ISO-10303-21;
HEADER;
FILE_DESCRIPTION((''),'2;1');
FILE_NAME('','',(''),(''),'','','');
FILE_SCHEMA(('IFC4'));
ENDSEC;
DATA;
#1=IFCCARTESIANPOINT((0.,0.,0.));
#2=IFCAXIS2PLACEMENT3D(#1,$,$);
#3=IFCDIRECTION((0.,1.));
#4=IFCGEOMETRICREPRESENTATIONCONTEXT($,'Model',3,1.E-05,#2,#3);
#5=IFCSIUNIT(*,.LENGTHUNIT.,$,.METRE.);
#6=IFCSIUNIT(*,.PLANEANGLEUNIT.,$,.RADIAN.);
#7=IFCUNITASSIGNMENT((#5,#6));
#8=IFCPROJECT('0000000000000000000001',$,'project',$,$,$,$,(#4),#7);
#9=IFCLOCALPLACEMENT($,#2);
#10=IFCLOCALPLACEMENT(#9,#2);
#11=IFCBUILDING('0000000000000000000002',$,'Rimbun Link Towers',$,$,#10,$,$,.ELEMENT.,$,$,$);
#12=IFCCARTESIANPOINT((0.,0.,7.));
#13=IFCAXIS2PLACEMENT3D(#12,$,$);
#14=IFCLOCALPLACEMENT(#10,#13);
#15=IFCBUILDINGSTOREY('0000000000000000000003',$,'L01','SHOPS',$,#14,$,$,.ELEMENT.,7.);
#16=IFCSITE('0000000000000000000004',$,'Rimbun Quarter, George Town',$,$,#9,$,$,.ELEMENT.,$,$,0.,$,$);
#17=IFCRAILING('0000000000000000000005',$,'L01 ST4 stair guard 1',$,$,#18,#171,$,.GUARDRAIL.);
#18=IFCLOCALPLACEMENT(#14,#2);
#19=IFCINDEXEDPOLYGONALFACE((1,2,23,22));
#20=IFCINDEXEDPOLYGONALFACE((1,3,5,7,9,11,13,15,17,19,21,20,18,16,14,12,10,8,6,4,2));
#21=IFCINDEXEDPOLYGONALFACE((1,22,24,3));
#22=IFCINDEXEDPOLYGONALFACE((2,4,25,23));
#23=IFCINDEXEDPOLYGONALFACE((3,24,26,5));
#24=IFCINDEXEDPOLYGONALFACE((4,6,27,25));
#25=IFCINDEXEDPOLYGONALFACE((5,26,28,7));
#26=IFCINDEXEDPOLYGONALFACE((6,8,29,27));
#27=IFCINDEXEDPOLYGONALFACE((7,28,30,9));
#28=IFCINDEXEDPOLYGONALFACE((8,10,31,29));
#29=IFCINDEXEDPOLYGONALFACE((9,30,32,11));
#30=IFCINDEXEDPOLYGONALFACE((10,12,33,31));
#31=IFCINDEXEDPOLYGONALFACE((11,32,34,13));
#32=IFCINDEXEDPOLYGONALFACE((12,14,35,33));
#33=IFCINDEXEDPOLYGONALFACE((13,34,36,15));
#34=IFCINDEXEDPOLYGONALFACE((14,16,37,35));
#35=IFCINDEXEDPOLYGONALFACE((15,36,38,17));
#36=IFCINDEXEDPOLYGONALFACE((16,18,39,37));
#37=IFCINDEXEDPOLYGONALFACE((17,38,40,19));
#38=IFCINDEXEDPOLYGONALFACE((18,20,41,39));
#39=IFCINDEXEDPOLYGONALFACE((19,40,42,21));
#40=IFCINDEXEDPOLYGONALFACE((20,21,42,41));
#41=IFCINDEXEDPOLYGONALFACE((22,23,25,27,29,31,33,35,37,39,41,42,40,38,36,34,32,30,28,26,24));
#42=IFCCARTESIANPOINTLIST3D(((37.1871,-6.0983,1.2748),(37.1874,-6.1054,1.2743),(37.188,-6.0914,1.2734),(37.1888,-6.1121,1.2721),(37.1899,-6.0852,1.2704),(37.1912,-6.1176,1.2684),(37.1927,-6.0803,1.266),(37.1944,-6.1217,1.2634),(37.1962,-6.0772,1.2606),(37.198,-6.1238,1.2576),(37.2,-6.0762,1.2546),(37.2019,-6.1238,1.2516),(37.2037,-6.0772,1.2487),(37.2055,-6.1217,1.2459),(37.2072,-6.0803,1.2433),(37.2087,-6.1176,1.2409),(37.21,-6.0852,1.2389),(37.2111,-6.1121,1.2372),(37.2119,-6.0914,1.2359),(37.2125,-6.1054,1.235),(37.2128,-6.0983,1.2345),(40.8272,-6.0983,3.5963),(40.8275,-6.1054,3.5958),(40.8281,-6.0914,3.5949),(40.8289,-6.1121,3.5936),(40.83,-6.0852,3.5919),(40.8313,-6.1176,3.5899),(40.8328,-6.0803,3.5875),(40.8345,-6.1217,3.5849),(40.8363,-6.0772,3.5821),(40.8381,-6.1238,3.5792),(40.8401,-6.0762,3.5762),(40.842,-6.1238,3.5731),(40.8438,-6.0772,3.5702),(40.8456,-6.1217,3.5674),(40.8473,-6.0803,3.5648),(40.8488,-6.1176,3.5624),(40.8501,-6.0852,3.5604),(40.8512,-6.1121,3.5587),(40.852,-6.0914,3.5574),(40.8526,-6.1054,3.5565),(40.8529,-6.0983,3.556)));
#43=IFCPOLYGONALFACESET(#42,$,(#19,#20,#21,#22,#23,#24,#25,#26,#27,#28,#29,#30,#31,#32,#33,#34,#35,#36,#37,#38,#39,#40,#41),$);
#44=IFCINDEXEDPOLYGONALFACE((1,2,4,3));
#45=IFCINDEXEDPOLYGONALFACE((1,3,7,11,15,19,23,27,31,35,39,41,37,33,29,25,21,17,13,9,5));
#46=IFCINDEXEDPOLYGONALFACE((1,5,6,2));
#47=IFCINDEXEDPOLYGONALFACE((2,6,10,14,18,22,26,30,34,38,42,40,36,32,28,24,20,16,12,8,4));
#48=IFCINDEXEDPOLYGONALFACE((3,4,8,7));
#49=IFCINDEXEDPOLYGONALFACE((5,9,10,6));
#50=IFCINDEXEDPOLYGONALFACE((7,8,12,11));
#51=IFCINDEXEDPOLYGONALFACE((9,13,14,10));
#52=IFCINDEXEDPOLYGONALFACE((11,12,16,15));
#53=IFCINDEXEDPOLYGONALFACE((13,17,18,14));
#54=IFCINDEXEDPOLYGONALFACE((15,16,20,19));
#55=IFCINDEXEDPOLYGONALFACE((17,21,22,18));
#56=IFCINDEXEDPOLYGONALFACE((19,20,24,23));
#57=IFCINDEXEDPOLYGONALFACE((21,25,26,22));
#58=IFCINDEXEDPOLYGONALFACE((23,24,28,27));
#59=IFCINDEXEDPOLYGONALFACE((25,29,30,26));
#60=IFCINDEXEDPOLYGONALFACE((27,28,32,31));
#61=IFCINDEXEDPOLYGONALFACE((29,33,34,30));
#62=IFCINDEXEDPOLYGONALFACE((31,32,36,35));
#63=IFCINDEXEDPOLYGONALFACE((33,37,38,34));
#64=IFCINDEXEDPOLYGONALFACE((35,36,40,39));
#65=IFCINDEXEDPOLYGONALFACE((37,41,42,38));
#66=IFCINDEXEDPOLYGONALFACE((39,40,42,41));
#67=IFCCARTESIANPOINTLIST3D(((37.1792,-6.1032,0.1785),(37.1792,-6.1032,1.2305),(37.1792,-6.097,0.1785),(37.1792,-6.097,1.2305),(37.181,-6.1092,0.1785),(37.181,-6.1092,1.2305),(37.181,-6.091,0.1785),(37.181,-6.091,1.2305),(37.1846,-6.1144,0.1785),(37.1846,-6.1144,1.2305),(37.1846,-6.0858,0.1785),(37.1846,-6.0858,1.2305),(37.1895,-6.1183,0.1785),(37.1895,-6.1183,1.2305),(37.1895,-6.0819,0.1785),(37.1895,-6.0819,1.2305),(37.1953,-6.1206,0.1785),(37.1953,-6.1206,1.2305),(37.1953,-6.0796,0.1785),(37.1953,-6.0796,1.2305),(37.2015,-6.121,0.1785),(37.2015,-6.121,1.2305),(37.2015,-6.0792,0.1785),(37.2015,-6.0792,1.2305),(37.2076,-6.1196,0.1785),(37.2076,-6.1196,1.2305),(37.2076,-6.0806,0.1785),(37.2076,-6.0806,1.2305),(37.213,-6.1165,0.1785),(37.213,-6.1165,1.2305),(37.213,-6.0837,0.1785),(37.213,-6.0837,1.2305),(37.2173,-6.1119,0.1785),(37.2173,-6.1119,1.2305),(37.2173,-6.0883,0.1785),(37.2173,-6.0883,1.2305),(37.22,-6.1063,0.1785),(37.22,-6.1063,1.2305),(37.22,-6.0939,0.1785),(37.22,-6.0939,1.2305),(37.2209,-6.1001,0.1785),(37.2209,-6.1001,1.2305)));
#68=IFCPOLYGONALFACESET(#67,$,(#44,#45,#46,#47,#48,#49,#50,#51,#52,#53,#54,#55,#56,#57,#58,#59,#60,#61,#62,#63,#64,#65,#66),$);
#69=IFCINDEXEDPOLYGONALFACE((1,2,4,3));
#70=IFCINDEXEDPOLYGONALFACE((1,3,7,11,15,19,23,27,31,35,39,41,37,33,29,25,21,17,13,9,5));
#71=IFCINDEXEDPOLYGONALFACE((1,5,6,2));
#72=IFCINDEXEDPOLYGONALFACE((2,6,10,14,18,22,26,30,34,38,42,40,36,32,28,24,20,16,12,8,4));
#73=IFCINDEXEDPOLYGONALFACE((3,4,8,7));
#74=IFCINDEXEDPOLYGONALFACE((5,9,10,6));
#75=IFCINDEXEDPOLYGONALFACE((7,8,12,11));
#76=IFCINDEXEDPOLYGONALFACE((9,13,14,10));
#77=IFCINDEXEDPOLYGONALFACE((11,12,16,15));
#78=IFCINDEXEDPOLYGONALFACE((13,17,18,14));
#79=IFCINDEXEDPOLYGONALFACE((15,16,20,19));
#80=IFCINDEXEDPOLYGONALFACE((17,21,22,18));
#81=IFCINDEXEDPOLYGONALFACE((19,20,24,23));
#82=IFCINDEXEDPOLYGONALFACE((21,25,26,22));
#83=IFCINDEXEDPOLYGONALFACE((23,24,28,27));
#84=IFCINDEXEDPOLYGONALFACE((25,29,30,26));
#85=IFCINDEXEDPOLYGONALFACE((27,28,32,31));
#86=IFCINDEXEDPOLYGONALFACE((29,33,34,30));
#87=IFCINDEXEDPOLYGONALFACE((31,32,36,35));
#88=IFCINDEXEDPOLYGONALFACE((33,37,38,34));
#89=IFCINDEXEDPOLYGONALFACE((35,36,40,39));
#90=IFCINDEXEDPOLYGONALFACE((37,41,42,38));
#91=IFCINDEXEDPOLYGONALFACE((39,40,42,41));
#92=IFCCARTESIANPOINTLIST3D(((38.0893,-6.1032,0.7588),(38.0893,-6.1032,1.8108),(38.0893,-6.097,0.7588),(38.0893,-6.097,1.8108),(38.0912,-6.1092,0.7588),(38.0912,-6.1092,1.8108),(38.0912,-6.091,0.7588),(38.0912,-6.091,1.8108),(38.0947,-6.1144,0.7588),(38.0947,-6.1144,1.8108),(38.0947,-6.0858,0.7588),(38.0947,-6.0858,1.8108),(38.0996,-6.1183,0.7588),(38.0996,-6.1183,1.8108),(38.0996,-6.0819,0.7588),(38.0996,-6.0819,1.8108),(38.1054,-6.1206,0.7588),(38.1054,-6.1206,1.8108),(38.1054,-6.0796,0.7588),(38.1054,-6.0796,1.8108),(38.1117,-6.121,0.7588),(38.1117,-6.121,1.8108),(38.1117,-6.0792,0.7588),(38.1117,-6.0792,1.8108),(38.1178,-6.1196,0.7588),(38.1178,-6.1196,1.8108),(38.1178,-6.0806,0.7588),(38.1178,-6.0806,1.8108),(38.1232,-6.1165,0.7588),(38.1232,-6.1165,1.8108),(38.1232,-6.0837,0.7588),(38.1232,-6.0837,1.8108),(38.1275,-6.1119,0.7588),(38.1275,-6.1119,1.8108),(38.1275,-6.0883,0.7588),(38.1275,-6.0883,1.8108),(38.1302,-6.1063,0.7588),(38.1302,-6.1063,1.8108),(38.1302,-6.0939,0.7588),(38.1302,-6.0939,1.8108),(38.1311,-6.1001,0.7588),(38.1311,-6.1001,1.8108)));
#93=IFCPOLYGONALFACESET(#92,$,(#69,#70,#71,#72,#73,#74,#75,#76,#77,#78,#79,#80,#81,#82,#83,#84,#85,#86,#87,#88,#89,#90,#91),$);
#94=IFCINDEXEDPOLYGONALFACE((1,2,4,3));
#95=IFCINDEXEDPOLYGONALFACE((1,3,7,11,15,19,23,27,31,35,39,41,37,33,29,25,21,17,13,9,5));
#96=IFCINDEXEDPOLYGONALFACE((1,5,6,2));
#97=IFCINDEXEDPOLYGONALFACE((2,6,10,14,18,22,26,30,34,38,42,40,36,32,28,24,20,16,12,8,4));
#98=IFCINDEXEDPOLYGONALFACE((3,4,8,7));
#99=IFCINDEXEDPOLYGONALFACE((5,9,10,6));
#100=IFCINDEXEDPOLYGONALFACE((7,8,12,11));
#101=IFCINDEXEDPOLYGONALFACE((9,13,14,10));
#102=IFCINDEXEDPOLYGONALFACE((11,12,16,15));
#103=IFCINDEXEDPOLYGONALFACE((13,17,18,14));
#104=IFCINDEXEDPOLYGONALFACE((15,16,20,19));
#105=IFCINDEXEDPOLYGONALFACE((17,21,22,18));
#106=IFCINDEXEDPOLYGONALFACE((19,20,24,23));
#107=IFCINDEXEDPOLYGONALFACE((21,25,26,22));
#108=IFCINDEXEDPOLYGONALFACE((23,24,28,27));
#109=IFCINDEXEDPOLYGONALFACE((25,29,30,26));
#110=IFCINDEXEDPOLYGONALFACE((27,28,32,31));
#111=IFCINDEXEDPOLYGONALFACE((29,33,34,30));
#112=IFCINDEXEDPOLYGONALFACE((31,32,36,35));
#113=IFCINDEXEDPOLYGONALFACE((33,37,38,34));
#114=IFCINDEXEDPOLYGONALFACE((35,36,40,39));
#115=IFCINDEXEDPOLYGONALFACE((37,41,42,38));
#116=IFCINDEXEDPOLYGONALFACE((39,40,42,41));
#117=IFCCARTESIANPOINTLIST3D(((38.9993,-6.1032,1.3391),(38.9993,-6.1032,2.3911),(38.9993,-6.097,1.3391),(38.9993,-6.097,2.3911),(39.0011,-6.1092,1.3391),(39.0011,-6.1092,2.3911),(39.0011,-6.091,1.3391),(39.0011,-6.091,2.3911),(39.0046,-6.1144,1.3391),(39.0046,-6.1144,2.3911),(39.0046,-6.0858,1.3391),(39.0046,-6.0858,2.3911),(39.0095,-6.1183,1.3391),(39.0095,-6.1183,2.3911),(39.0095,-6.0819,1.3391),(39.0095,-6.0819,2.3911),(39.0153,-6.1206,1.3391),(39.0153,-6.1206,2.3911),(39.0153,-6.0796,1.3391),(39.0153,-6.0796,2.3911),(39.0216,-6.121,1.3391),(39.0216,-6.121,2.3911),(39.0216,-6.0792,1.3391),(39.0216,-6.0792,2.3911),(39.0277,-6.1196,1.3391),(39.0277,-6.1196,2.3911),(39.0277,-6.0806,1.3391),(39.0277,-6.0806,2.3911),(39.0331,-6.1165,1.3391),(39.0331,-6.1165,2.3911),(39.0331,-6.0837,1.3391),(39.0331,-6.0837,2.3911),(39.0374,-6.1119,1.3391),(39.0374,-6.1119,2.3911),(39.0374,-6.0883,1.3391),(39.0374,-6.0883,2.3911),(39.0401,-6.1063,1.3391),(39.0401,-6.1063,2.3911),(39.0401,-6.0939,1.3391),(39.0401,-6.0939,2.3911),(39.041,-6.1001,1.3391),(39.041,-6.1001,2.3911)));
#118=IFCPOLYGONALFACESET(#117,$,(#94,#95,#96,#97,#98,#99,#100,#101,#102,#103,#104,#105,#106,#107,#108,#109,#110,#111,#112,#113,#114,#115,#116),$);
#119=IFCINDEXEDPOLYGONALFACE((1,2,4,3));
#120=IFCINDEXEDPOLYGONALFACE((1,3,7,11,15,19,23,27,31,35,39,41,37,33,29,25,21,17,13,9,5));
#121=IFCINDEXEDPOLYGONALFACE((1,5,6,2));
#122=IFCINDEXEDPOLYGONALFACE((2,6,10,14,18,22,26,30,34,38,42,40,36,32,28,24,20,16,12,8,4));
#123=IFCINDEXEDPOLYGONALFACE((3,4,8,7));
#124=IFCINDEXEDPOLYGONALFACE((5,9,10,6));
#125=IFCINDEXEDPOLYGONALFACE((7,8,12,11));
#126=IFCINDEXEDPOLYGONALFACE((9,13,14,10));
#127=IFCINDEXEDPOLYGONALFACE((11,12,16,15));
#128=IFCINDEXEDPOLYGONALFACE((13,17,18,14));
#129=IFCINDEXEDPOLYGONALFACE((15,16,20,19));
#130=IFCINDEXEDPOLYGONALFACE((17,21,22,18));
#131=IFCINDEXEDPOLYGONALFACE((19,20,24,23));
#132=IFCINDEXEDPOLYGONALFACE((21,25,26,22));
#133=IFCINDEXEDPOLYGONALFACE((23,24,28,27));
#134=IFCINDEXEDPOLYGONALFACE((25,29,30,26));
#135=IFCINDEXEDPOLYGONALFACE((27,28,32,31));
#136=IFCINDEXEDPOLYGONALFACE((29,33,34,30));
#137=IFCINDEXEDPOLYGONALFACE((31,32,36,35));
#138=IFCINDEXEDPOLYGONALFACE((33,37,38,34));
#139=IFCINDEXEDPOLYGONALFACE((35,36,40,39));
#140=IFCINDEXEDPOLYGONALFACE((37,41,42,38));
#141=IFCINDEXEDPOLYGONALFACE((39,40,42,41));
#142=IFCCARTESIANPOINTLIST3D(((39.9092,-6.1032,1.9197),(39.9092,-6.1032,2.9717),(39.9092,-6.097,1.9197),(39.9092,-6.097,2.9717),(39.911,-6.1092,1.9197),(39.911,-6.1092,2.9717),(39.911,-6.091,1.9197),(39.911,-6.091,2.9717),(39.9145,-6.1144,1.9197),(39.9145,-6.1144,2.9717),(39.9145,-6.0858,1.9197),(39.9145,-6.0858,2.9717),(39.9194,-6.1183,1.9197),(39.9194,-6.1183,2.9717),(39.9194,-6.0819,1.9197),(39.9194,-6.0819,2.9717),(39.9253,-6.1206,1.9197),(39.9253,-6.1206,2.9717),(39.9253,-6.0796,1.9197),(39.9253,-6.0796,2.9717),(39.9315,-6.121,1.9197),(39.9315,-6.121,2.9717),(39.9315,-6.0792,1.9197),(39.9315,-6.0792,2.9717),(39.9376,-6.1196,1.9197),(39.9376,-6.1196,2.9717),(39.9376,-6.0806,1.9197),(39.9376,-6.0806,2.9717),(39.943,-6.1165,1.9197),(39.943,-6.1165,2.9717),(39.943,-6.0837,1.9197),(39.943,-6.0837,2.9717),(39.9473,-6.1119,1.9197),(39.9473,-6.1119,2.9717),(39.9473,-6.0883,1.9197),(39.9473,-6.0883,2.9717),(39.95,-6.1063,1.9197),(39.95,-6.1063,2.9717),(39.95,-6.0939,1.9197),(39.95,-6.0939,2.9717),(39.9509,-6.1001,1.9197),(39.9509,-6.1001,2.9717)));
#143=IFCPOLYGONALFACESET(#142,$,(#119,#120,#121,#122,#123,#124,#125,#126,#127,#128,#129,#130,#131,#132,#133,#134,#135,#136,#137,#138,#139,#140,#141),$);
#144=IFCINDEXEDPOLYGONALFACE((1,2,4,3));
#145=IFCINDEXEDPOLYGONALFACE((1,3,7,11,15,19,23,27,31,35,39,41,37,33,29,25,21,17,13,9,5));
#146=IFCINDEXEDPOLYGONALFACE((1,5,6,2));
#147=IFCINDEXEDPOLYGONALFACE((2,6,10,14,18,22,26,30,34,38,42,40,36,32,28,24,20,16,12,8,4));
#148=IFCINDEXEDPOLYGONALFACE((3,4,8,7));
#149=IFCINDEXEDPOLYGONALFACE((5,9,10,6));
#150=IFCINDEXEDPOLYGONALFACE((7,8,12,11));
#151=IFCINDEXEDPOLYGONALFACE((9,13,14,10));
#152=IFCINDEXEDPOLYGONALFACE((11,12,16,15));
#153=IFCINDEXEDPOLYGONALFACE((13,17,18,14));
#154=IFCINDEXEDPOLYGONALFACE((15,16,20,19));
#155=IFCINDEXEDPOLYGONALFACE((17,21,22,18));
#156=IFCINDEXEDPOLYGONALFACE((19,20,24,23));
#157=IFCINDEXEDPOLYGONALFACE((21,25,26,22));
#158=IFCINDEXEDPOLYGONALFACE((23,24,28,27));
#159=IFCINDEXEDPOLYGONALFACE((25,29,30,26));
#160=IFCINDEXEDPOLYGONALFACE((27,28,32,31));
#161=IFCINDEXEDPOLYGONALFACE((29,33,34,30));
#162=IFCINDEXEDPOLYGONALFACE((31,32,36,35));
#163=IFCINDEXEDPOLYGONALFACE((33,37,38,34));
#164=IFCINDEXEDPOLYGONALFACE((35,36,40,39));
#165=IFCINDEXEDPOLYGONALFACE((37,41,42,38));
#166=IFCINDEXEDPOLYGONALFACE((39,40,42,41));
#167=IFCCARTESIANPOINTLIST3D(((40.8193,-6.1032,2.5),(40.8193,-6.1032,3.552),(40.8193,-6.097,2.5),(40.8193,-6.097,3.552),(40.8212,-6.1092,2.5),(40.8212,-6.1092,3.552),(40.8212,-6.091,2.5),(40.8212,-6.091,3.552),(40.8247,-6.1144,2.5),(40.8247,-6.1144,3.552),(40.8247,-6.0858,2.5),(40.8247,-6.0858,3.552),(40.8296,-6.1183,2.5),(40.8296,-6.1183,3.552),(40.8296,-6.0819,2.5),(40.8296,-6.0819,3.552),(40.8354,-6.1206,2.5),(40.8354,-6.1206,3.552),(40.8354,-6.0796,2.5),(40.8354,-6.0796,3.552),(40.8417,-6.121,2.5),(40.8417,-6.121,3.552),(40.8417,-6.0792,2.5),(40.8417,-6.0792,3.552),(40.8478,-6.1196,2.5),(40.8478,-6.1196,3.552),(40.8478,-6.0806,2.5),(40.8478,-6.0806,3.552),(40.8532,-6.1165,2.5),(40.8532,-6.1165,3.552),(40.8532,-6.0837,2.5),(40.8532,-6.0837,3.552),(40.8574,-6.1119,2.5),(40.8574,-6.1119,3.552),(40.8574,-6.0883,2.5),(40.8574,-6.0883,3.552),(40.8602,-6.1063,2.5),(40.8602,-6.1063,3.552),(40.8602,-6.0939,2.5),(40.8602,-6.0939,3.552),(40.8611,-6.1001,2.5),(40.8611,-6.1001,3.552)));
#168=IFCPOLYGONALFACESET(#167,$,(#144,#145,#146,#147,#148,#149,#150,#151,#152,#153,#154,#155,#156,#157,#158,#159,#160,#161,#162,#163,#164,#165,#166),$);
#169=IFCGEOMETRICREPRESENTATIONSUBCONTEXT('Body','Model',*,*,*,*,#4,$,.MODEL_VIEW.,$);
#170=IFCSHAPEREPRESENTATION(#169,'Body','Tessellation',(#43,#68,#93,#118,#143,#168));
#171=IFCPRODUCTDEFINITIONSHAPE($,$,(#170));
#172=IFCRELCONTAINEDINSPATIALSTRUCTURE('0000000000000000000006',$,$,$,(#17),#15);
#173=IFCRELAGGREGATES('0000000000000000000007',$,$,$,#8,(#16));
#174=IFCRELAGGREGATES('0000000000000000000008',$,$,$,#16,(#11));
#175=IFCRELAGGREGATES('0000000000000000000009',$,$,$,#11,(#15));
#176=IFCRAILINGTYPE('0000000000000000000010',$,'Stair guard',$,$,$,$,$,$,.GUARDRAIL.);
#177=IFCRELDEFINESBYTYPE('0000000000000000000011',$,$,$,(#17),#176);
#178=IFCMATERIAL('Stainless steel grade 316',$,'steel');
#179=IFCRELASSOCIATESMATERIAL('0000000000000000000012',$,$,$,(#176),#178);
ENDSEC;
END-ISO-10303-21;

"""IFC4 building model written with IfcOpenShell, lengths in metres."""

from ifc_helpers import new_model, si_unit, direction, frame, origin, origin_2d, place, context, subcontext, project, spatial, circle, extrude, material, type_object, element, save


model = new_model("IFC4")

# Units and contexts
model_context = context("Model", 3, precision=1e-05, world=origin(), true_north=direction((0.0, 1.0)))
body_context = subcontext(model_context, "Body", "Model", "MODEL_VIEW")
ifc_project = project(units=[si_unit("LENGTHUNIT", "METRE"), si_unit("PLANEANGLEUNIT", "RADIAN")], contexts=[model_context])

# Site, building, storey
site_placement = place(None, origin())
site = spatial("IfcSite", under=ifc_project, at=site_placement, Name="Rimbun Quarter, George Town", CompositionType="ELEMENT", RefElevation=0.0)
building_placement = place(site_placement, origin())
building = spatial("IfcBuilding", under=site, at=building_placement, Name="Rimbun Link Towers", CompositionType="ELEMENT")
storey_placement = place(building_placement, frame((0.0, 0.0, 7.0)))
storey = spatial("IfcBuildingStorey", under=building, at=storey_placement, Name="L01", Description="SHOPS", CompositionType="ELEMENT", Elevation=7.0)

# Railing
ifc_material_1 = material(Name="Stainless steel grade 316", Category="steel")
railing_type_1 = type_object("IfcRailingType", Name="Stair guard", PredefinedType="GUARDRAIL", material=ifc_material_1)
railing_1_placement = place(storey_placement, frame((37.2, -6.1001, 0.1785)))
element("IfcRailing", 1, at=railing_1_placement, inside=storey, type_object=railing_type_1, Name="L01 ST4 stair guard 1", PredefinedType="GUARDRAIL", context=body_context, shape_type="SweptSolid", body=[
    extrude(circle(Radius=0.0239, at=origin_2d()), frame((0.0, 0.0, 1.0762), z_axis=(0.843128, 0.0, 0.537713), x_axis=(0.0, 1.0, 0.0)), (0.0, 0.0, 1.0), 4.3174),
    extrude(circle(Radius=0.021, at=origin_2d()), origin(), (0.0, 0.0, 1.0), 1.052),
    extrude(circle(Radius=0.021, at=origin_2d()), frame((0.9102, 0.0, 0.5803)), (0.0, 0.0, 1.0), 1.052),
    extrude(circle(Radius=0.021, at=origin_2d()), frame((1.8201, 0.0, 1.1606)), (0.0, 0.0, 1.0), 1.052),
    extrude(circle(Radius=0.021, at=origin_2d()), frame((2.73, 0.0, 1.7412)), (0.0, 0.0, 1.0), 1.052),
    extrude(circle(Radius=0.021, at=origin_2d()), frame((3.6401, 0.0, 2.3215)), (0.0, 0.0, 1.0), 1.052),
])

save(model, "model.ifc")
